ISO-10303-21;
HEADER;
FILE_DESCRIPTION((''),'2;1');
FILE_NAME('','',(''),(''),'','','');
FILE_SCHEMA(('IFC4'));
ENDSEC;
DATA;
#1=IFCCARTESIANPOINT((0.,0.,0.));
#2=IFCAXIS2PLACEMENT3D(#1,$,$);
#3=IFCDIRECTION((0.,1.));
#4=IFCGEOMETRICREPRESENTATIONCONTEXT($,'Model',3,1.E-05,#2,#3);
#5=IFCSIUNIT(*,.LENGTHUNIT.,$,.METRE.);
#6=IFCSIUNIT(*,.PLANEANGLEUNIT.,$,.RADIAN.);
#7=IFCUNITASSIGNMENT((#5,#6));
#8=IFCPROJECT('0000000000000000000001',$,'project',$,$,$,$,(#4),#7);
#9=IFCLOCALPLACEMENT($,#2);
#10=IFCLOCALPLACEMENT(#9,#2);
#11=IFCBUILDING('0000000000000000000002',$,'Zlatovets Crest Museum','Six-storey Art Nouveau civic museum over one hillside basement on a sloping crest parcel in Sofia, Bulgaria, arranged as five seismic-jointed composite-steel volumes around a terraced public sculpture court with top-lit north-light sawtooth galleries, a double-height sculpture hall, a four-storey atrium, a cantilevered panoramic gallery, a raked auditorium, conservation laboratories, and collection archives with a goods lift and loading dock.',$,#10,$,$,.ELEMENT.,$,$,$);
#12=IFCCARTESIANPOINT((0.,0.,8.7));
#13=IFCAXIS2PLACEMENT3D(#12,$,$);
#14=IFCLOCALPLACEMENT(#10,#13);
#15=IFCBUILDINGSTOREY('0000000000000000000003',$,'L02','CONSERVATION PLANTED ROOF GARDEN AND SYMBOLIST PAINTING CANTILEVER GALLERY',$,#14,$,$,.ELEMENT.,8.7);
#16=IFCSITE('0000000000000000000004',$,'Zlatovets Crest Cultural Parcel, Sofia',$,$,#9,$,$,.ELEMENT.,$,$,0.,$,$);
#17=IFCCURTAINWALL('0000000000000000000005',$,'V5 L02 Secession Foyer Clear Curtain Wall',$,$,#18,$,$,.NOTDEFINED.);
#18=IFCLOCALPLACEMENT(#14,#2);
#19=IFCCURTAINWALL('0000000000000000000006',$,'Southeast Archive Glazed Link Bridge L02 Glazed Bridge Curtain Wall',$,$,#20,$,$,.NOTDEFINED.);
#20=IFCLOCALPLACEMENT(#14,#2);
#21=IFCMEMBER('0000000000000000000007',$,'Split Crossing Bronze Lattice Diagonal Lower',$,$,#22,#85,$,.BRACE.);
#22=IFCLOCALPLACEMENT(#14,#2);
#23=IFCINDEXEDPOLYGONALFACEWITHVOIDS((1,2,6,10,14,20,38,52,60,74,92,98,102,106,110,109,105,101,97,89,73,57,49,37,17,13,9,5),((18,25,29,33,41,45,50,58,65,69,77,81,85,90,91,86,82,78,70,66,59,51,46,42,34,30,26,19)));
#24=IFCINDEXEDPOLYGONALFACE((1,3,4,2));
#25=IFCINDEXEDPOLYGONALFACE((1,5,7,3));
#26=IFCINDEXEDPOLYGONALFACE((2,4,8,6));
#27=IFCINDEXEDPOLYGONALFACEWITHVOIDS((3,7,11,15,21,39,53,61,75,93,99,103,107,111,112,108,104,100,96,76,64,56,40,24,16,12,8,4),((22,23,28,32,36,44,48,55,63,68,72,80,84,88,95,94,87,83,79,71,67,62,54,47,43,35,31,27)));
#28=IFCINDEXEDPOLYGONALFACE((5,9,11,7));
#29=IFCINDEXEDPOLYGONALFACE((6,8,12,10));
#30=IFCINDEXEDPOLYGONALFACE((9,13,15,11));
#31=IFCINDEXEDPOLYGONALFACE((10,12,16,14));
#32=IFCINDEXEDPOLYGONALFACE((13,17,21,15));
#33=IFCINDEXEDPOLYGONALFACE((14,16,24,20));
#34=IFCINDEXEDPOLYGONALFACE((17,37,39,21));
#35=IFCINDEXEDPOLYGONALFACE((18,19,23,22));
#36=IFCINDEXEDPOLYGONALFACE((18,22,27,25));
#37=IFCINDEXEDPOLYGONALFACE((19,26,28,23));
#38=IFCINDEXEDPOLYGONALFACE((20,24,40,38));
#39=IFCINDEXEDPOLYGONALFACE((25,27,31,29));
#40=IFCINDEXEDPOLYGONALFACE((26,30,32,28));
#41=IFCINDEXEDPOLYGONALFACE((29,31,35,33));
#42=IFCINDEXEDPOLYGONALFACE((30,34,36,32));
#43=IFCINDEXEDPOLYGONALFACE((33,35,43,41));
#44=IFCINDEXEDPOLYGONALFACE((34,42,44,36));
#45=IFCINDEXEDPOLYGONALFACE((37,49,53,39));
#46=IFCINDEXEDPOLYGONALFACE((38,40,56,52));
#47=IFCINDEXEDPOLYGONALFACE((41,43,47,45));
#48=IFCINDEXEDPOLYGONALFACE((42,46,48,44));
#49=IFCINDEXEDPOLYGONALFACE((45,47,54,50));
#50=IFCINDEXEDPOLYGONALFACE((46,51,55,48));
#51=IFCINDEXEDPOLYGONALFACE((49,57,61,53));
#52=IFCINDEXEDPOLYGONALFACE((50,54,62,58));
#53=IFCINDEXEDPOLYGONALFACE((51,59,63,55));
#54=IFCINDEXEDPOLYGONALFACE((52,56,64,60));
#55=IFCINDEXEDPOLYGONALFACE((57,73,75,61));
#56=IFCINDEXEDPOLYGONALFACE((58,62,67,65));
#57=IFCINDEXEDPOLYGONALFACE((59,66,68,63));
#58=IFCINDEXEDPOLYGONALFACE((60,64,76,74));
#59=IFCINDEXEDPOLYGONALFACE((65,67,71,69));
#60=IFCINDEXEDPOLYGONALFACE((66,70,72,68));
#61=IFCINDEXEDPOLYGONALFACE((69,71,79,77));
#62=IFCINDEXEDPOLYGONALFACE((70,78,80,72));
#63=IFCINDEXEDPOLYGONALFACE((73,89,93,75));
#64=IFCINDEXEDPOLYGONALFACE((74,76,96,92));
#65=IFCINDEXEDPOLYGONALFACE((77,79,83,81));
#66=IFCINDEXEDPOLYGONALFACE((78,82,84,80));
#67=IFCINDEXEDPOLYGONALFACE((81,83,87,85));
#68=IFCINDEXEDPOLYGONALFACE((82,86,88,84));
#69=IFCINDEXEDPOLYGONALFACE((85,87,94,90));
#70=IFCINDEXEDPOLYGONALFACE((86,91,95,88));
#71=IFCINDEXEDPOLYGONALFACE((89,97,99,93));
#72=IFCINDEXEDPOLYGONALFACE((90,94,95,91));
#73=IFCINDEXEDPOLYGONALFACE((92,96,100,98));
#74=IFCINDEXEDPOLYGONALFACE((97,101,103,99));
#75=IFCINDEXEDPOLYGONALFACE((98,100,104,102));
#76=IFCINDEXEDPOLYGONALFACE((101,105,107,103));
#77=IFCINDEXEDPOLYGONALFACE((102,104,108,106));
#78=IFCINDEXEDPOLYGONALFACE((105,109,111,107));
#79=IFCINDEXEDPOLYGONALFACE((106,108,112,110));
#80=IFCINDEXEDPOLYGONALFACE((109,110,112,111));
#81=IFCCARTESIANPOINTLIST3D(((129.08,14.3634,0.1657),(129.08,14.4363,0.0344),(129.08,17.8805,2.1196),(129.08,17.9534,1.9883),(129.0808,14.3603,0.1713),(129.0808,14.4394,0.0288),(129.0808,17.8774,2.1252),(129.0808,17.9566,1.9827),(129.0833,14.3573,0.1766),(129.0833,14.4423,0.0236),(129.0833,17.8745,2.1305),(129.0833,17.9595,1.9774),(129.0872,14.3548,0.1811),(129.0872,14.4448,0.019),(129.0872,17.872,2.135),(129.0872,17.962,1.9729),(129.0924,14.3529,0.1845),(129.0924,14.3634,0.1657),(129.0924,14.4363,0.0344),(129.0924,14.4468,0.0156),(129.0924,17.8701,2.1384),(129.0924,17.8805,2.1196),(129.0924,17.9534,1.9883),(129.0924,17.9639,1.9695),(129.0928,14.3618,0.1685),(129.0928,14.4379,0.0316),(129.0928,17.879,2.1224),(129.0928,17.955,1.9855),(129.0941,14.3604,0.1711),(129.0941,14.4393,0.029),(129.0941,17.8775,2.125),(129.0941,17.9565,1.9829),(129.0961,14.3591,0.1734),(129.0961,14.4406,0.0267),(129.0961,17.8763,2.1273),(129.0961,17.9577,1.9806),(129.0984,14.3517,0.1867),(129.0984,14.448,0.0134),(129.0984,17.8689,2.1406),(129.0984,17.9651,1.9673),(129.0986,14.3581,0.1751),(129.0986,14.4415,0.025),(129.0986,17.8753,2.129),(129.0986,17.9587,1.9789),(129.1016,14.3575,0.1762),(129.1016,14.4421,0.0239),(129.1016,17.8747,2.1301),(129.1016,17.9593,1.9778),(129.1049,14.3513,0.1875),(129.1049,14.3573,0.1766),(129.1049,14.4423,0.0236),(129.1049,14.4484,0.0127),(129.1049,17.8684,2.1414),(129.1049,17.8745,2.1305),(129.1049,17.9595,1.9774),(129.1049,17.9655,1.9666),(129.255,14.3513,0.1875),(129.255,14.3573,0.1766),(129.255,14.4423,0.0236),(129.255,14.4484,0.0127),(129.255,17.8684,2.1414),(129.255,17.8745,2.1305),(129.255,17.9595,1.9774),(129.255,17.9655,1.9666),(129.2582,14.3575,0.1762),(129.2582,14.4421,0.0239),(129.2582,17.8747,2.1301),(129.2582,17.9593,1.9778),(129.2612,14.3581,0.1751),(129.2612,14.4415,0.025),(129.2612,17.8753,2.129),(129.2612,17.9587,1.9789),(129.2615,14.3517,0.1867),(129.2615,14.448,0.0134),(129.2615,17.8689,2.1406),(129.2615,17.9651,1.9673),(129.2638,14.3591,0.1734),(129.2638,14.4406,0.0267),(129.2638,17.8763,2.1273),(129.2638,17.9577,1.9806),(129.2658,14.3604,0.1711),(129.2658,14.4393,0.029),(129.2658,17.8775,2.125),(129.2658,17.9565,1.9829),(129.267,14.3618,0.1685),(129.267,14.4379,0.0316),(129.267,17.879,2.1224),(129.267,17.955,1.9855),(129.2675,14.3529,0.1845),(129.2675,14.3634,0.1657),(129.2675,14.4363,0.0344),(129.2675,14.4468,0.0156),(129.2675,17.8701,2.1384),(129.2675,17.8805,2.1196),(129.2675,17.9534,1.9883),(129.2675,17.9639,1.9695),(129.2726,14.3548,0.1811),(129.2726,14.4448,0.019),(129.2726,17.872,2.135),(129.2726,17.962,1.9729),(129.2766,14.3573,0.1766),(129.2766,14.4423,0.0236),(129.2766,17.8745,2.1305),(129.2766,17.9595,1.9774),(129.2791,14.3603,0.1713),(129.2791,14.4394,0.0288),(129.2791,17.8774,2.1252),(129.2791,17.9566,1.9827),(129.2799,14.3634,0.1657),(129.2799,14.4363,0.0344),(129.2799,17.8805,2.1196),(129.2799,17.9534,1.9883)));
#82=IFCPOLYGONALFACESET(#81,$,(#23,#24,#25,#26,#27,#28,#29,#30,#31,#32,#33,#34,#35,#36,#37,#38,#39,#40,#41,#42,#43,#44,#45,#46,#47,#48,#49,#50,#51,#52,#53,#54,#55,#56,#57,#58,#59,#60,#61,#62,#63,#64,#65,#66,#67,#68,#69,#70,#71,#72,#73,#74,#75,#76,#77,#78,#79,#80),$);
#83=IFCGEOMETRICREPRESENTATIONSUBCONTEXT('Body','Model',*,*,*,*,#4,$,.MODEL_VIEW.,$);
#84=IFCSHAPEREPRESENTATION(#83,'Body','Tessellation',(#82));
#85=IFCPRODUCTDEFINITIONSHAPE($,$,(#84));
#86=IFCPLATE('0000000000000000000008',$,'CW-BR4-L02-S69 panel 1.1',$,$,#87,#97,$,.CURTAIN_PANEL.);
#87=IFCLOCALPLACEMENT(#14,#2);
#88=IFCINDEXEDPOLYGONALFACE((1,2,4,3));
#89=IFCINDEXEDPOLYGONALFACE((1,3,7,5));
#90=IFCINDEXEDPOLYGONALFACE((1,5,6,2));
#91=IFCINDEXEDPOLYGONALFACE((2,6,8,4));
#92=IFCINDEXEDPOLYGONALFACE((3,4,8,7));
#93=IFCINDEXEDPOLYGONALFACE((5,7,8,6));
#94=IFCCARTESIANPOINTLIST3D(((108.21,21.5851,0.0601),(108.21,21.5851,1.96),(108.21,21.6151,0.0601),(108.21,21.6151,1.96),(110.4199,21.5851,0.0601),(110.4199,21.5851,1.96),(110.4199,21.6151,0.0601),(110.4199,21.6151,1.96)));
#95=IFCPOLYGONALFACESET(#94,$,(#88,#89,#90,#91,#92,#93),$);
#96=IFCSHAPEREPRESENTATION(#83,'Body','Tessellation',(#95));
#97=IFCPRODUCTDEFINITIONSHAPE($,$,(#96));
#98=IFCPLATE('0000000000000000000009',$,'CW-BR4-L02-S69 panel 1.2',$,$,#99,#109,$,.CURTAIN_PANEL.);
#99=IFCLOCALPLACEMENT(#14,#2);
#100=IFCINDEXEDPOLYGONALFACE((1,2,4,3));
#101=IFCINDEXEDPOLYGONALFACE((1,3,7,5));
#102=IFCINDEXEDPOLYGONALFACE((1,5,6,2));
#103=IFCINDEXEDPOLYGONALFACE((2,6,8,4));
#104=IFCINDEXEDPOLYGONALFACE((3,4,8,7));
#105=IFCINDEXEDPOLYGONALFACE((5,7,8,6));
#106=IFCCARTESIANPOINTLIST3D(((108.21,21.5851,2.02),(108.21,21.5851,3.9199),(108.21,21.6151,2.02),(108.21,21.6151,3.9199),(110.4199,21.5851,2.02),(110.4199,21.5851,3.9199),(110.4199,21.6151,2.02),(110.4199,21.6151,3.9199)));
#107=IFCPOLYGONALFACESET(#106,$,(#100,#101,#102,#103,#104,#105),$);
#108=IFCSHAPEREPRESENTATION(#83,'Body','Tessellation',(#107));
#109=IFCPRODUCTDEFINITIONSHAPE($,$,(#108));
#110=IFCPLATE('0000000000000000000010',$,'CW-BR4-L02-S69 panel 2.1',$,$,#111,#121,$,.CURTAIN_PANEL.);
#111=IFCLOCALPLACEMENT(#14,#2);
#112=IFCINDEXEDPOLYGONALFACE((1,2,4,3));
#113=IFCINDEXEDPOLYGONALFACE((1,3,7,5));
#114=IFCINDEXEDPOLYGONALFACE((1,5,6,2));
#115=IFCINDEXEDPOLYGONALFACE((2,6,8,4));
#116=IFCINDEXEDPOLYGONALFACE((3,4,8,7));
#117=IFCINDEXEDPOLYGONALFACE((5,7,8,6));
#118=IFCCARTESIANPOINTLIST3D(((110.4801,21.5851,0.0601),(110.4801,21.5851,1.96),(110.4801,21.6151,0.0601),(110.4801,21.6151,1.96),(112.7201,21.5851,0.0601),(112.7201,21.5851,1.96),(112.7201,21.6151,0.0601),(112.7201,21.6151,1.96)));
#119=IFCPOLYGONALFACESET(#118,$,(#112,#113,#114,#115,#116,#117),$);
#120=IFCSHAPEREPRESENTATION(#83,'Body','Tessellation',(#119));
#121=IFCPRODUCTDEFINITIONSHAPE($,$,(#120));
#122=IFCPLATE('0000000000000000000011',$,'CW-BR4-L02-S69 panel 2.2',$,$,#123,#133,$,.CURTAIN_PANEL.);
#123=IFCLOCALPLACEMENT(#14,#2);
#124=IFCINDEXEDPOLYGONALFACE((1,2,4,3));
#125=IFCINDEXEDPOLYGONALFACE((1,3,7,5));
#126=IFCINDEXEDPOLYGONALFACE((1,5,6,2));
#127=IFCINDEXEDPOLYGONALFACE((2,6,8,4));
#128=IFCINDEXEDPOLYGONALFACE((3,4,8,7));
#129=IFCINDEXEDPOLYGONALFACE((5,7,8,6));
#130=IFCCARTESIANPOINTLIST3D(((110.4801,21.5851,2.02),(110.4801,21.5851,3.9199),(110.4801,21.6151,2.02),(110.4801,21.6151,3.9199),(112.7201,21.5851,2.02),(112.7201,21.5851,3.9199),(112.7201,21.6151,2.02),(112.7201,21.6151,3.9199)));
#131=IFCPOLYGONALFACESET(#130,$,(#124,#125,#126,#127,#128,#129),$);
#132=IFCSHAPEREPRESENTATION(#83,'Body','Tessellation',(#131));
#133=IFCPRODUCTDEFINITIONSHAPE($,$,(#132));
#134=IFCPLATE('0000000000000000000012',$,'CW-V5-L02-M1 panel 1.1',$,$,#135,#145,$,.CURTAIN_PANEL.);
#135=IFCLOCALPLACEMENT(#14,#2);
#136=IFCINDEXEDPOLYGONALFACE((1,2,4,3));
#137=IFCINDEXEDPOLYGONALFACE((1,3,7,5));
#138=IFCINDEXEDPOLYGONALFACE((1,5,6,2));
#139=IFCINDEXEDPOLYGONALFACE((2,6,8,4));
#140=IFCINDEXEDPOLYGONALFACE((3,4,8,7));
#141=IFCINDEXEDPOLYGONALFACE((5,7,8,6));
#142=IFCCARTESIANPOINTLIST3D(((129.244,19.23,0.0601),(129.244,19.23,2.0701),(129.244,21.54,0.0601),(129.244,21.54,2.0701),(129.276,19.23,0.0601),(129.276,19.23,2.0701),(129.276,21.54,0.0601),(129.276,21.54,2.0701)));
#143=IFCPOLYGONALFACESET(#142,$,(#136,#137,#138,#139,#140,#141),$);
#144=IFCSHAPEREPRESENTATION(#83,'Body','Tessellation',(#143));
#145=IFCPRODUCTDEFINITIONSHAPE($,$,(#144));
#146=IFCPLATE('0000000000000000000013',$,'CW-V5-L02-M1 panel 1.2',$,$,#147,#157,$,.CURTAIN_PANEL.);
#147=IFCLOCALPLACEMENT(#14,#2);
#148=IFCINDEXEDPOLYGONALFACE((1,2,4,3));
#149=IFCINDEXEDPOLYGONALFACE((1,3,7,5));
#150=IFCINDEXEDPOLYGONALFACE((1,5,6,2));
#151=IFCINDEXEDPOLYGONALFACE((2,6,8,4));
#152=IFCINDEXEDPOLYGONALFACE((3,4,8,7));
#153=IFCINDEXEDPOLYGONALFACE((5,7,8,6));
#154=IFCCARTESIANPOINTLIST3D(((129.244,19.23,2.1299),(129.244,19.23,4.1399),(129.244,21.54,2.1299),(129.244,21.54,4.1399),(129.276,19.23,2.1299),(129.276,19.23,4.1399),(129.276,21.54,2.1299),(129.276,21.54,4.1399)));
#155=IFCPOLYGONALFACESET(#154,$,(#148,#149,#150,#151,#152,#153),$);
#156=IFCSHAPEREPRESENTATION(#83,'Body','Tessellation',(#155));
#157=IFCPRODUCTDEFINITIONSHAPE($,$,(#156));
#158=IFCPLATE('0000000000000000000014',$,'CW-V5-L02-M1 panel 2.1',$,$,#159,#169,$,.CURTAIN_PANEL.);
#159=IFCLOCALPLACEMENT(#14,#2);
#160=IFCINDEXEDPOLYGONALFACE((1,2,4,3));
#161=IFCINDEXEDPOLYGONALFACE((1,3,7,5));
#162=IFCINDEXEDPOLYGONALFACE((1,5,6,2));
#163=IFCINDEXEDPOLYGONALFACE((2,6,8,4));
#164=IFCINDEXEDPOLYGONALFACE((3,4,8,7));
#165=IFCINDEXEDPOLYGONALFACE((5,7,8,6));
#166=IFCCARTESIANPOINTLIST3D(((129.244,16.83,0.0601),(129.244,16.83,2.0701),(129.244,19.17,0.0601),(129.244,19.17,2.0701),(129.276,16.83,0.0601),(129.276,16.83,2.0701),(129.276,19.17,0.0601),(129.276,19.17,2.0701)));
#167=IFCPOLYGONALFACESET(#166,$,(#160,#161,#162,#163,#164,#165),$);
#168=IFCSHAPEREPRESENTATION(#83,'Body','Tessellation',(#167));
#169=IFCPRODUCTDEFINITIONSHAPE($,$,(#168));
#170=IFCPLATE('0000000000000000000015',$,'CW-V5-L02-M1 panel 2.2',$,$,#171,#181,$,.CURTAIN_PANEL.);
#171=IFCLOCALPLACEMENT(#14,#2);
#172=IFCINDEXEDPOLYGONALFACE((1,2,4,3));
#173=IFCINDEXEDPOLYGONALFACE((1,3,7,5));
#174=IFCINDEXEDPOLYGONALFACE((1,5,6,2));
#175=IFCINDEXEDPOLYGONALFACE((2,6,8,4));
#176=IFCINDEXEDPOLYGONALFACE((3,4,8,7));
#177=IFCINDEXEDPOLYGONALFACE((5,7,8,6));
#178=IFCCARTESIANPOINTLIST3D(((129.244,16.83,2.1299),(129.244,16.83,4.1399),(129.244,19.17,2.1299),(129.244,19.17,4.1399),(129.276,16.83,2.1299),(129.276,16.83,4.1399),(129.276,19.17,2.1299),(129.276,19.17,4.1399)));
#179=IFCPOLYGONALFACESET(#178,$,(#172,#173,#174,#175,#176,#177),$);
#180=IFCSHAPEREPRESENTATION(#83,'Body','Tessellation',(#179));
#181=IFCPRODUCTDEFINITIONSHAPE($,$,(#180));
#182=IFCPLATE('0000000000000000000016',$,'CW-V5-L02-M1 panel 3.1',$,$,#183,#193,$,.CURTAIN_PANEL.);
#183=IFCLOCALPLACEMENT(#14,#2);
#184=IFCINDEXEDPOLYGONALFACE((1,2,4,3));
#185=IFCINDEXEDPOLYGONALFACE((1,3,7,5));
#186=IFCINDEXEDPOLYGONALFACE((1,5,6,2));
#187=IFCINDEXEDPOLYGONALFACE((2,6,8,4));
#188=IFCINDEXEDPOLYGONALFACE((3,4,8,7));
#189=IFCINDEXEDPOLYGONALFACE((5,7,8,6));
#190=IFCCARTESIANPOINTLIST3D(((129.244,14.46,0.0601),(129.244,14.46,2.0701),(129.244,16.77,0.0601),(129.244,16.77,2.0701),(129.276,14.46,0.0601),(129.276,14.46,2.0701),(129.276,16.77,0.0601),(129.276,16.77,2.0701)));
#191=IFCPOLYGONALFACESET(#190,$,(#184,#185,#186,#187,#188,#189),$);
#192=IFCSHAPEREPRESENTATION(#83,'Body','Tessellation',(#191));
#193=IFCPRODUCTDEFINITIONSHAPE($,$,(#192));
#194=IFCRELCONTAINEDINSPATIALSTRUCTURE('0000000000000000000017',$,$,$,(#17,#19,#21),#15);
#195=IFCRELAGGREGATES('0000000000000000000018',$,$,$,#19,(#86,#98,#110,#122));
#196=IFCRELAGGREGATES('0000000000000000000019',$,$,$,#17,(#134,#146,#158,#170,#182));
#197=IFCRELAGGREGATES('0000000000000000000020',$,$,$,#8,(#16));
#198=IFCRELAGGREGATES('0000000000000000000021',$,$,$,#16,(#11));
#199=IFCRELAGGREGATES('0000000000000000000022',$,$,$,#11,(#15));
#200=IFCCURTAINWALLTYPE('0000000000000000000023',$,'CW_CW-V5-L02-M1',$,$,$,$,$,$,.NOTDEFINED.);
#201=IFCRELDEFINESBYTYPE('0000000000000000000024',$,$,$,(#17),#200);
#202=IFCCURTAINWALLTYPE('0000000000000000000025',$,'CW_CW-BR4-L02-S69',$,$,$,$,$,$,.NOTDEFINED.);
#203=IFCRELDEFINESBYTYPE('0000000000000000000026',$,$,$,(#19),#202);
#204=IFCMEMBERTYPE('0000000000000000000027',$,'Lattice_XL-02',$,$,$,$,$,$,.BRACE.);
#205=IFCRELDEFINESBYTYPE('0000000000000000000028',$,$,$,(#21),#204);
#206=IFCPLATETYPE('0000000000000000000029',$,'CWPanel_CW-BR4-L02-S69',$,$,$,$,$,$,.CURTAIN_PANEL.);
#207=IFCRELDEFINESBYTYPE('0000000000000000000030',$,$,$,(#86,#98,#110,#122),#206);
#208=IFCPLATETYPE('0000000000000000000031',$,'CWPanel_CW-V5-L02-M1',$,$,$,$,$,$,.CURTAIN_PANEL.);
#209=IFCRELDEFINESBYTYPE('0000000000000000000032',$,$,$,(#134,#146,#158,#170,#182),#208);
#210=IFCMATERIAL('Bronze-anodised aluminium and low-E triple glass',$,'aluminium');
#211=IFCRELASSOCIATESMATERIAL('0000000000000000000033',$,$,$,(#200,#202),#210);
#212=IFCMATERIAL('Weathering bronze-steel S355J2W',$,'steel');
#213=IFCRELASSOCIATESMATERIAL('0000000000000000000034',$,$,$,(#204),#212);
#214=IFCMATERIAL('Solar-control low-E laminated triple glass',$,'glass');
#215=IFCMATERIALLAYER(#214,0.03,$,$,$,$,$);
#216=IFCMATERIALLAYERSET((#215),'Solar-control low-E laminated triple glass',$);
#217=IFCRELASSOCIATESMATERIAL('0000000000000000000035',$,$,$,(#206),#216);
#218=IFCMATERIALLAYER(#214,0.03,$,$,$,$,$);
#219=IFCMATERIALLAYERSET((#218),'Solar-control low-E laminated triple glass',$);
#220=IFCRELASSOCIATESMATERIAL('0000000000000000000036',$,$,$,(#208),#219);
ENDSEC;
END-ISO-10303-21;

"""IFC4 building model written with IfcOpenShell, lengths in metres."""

from ifc_helpers import new_model, si_unit, direction, frame, origin, origin_2d, place, context, subcontext, project, spatial, rectangle, hollow_rectangle, extrude, material, layer, layer_set, material_profile, profile_set, type_object, element, aggregate, save


model = new_model("IFC4")

# Units and contexts
model_context = context("Model", 3, precision=1e-05, world=origin(), true_north=direction((0.0, 1.0)))
body_context = subcontext(model_context, "Body", "Model", "MODEL_VIEW")
ifc_project = project(units=[si_unit("LENGTHUNIT", "METRE"), si_unit("PLANEANGLEUNIT", "RADIAN")], contexts=[model_context])

# Site, building, storey
site_placement = place(None, origin())
site = spatial("IfcSite", under=ifc_project, at=site_placement, Name="Zlatovets Crest Cultural Parcel, Sofia", CompositionType="ELEMENT", RefElevation=0.0)
building_placement = place(site_placement, origin())
building = spatial("IfcBuilding", under=site, at=building_placement, Name="Zlatovets Crest Museum", Description="Six-storey Art Nouveau civic museum over one hillside basement on a sloping crest parcel in Sofia, Bulgaria, arranged as five seismic-jointed composite-steel volumes around a terraced public sculpture court with top-lit north-light sawtooth galleries, a double-height sculpture hall, a four-storey atrium, a cantilevered panoramic gallery, a raked auditorium, conservation laboratories, and collection archives with a goods lift and loading dock.", CompositionType="ELEMENT")
storey_placement = place(building_placement, frame((0.0, 0.0, 8.7)))
storey = spatial("IfcBuildingStorey", under=building, at=storey_placement, Name="L02", Description="CONSERVATION PLANTED ROOF GARDEN AND SYMBOLIST PAINTING CANTILEVER GALLERY", CompositionType="ELEMENT", Elevation=8.7)

# Curtain walls
ifc_material_1 = material(Name="Bronze-anodised aluminium and low-E triple glass", Category="aluminium")
curtain_wall_type_1 = type_object("IfcCurtainWallType", Name="CW_CW-V5-L02-M1", PredefinedType="NOTDEFINED", material=ifc_material_1)
curtain_wall_1_placement = place(storey_placement, origin())
curtain_wall_1 = element("IfcCurtainWall", 1, at=curtain_wall_1_placement, inside=storey, type_object=curtain_wall_type_1, Name="V5 L02 Secession Foyer Clear Curtain Wall", PredefinedType="NOTDEFINED")
curtain_wall_type_2 = type_object("IfcCurtainWallType", Name="CW_CW-BR4-L02-S69", PredefinedType="NOTDEFINED", material=ifc_material_1)
curtain_wall_2_placement = place(storey_placement, origin())
curtain_wall_2 = element("IfcCurtainWall", 2, at=curtain_wall_2_placement, inside=storey, type_object=curtain_wall_type_2, Name="Southeast Archive Glazed Link Bridge L02 Glazed Bridge Curtain Wall", PredefinedType="NOTDEFINED")

# Member
ifc_material_2 = material(Name="Weathering bronze-steel S355J2W", Category="steel")
ifc_material_profile_1 = material_profile(ifc_material_2, hollow_rectangle(XDim=0.2, YDim=0.2, WallThickness=0.0125, InnerFilletRadius=0.0125, OuterFilletRadius=0.0249, at=origin_2d()), Name="SHS 200x200x12.5")
ifc_profile_set_1 = profile_set([ifc_material_profile_1], Name="Weathering bronze-steel S355J2W")
member_type_1 = type_object("IfcMemberType", Name="Lattice_XL-02", PredefinedType="BRACE", material=ifc_profile_set_1)
member_1_placement = place(storey_placement, frame((129.1799, 17.917, 2.054), z_axis=(0.0, -0.874166, -0.485627), x_axis=(1.0, 0.0, 0.0)))
element("IfcMember", 3, at=member_1_placement, inside=storey, type_object=member_type_1, Name="Split Crossing Bronze Lattice Diagonal Lower", PredefinedType="BRACE", context=body_context, shape_type="SweptSolid", body=[
    extrude(hollow_rectangle(XDim=0.2, YDim=0.2, WallThickness=0.0125, InnerFilletRadius=0.0125, OuterFilletRadius=0.0249, at=origin_2d()), origin(), (0.0, 0.0, 1.0), 4.0234),
])

# Plates
ifc_material_3 = material(Name="Solar-control low-E laminated triple glass", Category="glass")
ifc_layer_1 = layer(ifc_material_3, 0.03)
ifc_layer_set_1 = layer_set([ifc_layer_1], Name="Solar-control low-E laminated triple glass")
plate_type_1 = type_object("IfcPlateType", Name="CWPanel_CW-BR4-L02-S69", PredefinedType="CURTAIN_PANEL", material=ifc_layer_set_1)
plate_1_placement = place(storey_placement, frame((109.3149, 21.6001, 0.0601), z_axis=(0.0, 0.0, 1.0), x_axis=(1.0, 0.0, 0.0)))
plate_1 = element("IfcPlate", 4, at=plate_1_placement, type_object=plate_type_1, Name="CW-BR4-L02-S69 panel 1.1", PredefinedType="CURTAIN_PANEL", context=body_context, shape_type="SweptSolid", body=[
    extrude(rectangle(XDim=2.21, YDim=0.03, at=origin_2d()), origin(), (0.0, 0.0, 1.0), 1.8999),
])
plate_2_placement = place(storey_placement, frame((109.3149, 21.6001, 2.02), z_axis=(0.0, 0.0, 1.0), x_axis=(1.0, 0.0, 0.0)))
plate_2 = element("IfcPlate", 5, at=plate_2_placement, type_object=plate_type_1, Name="CW-BR4-L02-S69 panel 1.2", PredefinedType="CURTAIN_PANEL", context=body_context, shape_type="SweptSolid", body=[
    extrude(rectangle(XDim=2.21, YDim=0.03, at=origin_2d()), origin(), (0.0, 0.0, 1.0), 1.8999),
])
plate_3_placement = place(storey_placement, frame((111.6001, 21.6001, 0.0601), z_axis=(0.0, 0.0, 1.0), x_axis=(1.0, 0.0, 0.0)))
plate_3 = element("IfcPlate", 6, at=plate_3_placement, type_object=plate_type_1, Name="CW-BR4-L02-S69 panel 2.1", PredefinedType="CURTAIN_PANEL", context=body_context, shape_type="SweptSolid", body=[
    extrude(rectangle(XDim=2.24, YDim=0.03, at=origin_2d()), origin(), (0.0, 0.0, 1.0), 1.8999),
])
plate_4_placement = place(storey_placement, frame((111.6001, 21.6001, 2.02), z_axis=(0.0, 0.0, 1.0), x_axis=(1.0, 0.0, 0.0)))
plate_4 = element("IfcPlate", 7, at=plate_4_placement, type_object=plate_type_1, Name="CW-BR4-L02-S69 panel 2.2", PredefinedType="CURTAIN_PANEL", context=body_context, shape_type="SweptSolid", body=[
    extrude(rectangle(XDim=2.24, YDim=0.03, at=origin_2d()), origin(), (0.0, 0.0, 1.0), 1.8999),
])
aggregate(curtain_wall_2, [plate_1, plate_2, plate_3, plate_4])
ifc_layer_2 = layer(ifc_material_3, 0.03)
ifc_layer_set_2 = layer_set([ifc_layer_2], Name="Solar-control low-E laminated triple glass")
plate_type_2 = type_object("IfcPlateType", Name="CWPanel_CW-V5-L02-M1", PredefinedType="CURTAIN_PANEL", material=ifc_layer_set_2)
plate_5_placement = place(storey_placement, frame((129.26, 20.385, 0.0601), z_axis=(0.0, 0.0, 1.0), x_axis=(0.0, -1.0, 0.0)))
plate_5 = element("IfcPlate", 8, at=plate_5_placement, type_object=plate_type_2, Name="CW-V5-L02-M1 panel 1.1", PredefinedType="CURTAIN_PANEL", context=body_context, shape_type="SweptSolid", body=[
    extrude(rectangle(XDim=2.3101, YDim=0.032, at=origin_2d()), origin(), (0.0, 0.0, 1.0), 2.01),
])
plate_6_placement = place(storey_placement, frame((129.26, 20.385, 2.1299), z_axis=(0.0, 0.0, 1.0), x_axis=(0.0, -1.0, 0.0)))
plate_6 = element("IfcPlate", 9, at=plate_6_placement, type_object=plate_type_2, Name="CW-V5-L02-M1 panel 1.2", PredefinedType="CURTAIN_PANEL", context=body_context, shape_type="SweptSolid", body=[
    extrude(rectangle(XDim=2.3101, YDim=0.032, at=origin_2d()), origin(), (0.0, 0.0, 1.0), 2.01),
])
plate_7_placement = place(storey_placement, frame((129.26, 18.0, 0.0601), z_axis=(0.0, 0.0, 1.0), x_axis=(0.0, -1.0, 0.0)))
plate_7 = element("IfcPlate", 10, at=plate_7_placement, type_object=plate_type_2, Name="CW-V5-L02-M1 panel 2.1", PredefinedType="CURTAIN_PANEL", context=body_context, shape_type="SweptSolid", body=[
    extrude(rectangle(XDim=2.3401, YDim=0.032, at=origin_2d()), origin(), (0.0, 0.0, 1.0), 2.01),
])
plate_8_placement = place(storey_placement, frame((129.26, 18.0, 2.1299), z_axis=(0.0, 0.0, 1.0), x_axis=(0.0, -1.0, 0.0)))
plate_8 = element("IfcPlate", 11, at=plate_8_placement, type_object=plate_type_2, Name="CW-V5-L02-M1 panel 2.2", PredefinedType="CURTAIN_PANEL", context=body_context, shape_type="SweptSolid", body=[
    extrude(rectangle(XDim=2.3401, YDim=0.032, at=origin_2d()), origin(), (0.0, 0.0, 1.0), 2.01),
])
plate_9_placement = place(storey_placement, frame((129.26, 15.615, 0.0601), z_axis=(0.0, 0.0, 1.0), x_axis=(0.0, -1.0, 0.0)))
plate_9 = element("IfcPlate", 12, at=plate_9_placement, type_object=plate_type_2, Name="CW-V5-L02-M1 panel 3.1", PredefinedType="CURTAIN_PANEL", context=body_context, shape_type="SweptSolid", body=[
    extrude(rectangle(XDim=2.3101, YDim=0.032, at=origin_2d()), origin(), (0.0, 0.0, 1.0), 2.01),
])
aggregate(curtain_wall_1, [plate_5, plate_6, plate_7, plate_8, plate_9])

save(model, "model.ifc")
